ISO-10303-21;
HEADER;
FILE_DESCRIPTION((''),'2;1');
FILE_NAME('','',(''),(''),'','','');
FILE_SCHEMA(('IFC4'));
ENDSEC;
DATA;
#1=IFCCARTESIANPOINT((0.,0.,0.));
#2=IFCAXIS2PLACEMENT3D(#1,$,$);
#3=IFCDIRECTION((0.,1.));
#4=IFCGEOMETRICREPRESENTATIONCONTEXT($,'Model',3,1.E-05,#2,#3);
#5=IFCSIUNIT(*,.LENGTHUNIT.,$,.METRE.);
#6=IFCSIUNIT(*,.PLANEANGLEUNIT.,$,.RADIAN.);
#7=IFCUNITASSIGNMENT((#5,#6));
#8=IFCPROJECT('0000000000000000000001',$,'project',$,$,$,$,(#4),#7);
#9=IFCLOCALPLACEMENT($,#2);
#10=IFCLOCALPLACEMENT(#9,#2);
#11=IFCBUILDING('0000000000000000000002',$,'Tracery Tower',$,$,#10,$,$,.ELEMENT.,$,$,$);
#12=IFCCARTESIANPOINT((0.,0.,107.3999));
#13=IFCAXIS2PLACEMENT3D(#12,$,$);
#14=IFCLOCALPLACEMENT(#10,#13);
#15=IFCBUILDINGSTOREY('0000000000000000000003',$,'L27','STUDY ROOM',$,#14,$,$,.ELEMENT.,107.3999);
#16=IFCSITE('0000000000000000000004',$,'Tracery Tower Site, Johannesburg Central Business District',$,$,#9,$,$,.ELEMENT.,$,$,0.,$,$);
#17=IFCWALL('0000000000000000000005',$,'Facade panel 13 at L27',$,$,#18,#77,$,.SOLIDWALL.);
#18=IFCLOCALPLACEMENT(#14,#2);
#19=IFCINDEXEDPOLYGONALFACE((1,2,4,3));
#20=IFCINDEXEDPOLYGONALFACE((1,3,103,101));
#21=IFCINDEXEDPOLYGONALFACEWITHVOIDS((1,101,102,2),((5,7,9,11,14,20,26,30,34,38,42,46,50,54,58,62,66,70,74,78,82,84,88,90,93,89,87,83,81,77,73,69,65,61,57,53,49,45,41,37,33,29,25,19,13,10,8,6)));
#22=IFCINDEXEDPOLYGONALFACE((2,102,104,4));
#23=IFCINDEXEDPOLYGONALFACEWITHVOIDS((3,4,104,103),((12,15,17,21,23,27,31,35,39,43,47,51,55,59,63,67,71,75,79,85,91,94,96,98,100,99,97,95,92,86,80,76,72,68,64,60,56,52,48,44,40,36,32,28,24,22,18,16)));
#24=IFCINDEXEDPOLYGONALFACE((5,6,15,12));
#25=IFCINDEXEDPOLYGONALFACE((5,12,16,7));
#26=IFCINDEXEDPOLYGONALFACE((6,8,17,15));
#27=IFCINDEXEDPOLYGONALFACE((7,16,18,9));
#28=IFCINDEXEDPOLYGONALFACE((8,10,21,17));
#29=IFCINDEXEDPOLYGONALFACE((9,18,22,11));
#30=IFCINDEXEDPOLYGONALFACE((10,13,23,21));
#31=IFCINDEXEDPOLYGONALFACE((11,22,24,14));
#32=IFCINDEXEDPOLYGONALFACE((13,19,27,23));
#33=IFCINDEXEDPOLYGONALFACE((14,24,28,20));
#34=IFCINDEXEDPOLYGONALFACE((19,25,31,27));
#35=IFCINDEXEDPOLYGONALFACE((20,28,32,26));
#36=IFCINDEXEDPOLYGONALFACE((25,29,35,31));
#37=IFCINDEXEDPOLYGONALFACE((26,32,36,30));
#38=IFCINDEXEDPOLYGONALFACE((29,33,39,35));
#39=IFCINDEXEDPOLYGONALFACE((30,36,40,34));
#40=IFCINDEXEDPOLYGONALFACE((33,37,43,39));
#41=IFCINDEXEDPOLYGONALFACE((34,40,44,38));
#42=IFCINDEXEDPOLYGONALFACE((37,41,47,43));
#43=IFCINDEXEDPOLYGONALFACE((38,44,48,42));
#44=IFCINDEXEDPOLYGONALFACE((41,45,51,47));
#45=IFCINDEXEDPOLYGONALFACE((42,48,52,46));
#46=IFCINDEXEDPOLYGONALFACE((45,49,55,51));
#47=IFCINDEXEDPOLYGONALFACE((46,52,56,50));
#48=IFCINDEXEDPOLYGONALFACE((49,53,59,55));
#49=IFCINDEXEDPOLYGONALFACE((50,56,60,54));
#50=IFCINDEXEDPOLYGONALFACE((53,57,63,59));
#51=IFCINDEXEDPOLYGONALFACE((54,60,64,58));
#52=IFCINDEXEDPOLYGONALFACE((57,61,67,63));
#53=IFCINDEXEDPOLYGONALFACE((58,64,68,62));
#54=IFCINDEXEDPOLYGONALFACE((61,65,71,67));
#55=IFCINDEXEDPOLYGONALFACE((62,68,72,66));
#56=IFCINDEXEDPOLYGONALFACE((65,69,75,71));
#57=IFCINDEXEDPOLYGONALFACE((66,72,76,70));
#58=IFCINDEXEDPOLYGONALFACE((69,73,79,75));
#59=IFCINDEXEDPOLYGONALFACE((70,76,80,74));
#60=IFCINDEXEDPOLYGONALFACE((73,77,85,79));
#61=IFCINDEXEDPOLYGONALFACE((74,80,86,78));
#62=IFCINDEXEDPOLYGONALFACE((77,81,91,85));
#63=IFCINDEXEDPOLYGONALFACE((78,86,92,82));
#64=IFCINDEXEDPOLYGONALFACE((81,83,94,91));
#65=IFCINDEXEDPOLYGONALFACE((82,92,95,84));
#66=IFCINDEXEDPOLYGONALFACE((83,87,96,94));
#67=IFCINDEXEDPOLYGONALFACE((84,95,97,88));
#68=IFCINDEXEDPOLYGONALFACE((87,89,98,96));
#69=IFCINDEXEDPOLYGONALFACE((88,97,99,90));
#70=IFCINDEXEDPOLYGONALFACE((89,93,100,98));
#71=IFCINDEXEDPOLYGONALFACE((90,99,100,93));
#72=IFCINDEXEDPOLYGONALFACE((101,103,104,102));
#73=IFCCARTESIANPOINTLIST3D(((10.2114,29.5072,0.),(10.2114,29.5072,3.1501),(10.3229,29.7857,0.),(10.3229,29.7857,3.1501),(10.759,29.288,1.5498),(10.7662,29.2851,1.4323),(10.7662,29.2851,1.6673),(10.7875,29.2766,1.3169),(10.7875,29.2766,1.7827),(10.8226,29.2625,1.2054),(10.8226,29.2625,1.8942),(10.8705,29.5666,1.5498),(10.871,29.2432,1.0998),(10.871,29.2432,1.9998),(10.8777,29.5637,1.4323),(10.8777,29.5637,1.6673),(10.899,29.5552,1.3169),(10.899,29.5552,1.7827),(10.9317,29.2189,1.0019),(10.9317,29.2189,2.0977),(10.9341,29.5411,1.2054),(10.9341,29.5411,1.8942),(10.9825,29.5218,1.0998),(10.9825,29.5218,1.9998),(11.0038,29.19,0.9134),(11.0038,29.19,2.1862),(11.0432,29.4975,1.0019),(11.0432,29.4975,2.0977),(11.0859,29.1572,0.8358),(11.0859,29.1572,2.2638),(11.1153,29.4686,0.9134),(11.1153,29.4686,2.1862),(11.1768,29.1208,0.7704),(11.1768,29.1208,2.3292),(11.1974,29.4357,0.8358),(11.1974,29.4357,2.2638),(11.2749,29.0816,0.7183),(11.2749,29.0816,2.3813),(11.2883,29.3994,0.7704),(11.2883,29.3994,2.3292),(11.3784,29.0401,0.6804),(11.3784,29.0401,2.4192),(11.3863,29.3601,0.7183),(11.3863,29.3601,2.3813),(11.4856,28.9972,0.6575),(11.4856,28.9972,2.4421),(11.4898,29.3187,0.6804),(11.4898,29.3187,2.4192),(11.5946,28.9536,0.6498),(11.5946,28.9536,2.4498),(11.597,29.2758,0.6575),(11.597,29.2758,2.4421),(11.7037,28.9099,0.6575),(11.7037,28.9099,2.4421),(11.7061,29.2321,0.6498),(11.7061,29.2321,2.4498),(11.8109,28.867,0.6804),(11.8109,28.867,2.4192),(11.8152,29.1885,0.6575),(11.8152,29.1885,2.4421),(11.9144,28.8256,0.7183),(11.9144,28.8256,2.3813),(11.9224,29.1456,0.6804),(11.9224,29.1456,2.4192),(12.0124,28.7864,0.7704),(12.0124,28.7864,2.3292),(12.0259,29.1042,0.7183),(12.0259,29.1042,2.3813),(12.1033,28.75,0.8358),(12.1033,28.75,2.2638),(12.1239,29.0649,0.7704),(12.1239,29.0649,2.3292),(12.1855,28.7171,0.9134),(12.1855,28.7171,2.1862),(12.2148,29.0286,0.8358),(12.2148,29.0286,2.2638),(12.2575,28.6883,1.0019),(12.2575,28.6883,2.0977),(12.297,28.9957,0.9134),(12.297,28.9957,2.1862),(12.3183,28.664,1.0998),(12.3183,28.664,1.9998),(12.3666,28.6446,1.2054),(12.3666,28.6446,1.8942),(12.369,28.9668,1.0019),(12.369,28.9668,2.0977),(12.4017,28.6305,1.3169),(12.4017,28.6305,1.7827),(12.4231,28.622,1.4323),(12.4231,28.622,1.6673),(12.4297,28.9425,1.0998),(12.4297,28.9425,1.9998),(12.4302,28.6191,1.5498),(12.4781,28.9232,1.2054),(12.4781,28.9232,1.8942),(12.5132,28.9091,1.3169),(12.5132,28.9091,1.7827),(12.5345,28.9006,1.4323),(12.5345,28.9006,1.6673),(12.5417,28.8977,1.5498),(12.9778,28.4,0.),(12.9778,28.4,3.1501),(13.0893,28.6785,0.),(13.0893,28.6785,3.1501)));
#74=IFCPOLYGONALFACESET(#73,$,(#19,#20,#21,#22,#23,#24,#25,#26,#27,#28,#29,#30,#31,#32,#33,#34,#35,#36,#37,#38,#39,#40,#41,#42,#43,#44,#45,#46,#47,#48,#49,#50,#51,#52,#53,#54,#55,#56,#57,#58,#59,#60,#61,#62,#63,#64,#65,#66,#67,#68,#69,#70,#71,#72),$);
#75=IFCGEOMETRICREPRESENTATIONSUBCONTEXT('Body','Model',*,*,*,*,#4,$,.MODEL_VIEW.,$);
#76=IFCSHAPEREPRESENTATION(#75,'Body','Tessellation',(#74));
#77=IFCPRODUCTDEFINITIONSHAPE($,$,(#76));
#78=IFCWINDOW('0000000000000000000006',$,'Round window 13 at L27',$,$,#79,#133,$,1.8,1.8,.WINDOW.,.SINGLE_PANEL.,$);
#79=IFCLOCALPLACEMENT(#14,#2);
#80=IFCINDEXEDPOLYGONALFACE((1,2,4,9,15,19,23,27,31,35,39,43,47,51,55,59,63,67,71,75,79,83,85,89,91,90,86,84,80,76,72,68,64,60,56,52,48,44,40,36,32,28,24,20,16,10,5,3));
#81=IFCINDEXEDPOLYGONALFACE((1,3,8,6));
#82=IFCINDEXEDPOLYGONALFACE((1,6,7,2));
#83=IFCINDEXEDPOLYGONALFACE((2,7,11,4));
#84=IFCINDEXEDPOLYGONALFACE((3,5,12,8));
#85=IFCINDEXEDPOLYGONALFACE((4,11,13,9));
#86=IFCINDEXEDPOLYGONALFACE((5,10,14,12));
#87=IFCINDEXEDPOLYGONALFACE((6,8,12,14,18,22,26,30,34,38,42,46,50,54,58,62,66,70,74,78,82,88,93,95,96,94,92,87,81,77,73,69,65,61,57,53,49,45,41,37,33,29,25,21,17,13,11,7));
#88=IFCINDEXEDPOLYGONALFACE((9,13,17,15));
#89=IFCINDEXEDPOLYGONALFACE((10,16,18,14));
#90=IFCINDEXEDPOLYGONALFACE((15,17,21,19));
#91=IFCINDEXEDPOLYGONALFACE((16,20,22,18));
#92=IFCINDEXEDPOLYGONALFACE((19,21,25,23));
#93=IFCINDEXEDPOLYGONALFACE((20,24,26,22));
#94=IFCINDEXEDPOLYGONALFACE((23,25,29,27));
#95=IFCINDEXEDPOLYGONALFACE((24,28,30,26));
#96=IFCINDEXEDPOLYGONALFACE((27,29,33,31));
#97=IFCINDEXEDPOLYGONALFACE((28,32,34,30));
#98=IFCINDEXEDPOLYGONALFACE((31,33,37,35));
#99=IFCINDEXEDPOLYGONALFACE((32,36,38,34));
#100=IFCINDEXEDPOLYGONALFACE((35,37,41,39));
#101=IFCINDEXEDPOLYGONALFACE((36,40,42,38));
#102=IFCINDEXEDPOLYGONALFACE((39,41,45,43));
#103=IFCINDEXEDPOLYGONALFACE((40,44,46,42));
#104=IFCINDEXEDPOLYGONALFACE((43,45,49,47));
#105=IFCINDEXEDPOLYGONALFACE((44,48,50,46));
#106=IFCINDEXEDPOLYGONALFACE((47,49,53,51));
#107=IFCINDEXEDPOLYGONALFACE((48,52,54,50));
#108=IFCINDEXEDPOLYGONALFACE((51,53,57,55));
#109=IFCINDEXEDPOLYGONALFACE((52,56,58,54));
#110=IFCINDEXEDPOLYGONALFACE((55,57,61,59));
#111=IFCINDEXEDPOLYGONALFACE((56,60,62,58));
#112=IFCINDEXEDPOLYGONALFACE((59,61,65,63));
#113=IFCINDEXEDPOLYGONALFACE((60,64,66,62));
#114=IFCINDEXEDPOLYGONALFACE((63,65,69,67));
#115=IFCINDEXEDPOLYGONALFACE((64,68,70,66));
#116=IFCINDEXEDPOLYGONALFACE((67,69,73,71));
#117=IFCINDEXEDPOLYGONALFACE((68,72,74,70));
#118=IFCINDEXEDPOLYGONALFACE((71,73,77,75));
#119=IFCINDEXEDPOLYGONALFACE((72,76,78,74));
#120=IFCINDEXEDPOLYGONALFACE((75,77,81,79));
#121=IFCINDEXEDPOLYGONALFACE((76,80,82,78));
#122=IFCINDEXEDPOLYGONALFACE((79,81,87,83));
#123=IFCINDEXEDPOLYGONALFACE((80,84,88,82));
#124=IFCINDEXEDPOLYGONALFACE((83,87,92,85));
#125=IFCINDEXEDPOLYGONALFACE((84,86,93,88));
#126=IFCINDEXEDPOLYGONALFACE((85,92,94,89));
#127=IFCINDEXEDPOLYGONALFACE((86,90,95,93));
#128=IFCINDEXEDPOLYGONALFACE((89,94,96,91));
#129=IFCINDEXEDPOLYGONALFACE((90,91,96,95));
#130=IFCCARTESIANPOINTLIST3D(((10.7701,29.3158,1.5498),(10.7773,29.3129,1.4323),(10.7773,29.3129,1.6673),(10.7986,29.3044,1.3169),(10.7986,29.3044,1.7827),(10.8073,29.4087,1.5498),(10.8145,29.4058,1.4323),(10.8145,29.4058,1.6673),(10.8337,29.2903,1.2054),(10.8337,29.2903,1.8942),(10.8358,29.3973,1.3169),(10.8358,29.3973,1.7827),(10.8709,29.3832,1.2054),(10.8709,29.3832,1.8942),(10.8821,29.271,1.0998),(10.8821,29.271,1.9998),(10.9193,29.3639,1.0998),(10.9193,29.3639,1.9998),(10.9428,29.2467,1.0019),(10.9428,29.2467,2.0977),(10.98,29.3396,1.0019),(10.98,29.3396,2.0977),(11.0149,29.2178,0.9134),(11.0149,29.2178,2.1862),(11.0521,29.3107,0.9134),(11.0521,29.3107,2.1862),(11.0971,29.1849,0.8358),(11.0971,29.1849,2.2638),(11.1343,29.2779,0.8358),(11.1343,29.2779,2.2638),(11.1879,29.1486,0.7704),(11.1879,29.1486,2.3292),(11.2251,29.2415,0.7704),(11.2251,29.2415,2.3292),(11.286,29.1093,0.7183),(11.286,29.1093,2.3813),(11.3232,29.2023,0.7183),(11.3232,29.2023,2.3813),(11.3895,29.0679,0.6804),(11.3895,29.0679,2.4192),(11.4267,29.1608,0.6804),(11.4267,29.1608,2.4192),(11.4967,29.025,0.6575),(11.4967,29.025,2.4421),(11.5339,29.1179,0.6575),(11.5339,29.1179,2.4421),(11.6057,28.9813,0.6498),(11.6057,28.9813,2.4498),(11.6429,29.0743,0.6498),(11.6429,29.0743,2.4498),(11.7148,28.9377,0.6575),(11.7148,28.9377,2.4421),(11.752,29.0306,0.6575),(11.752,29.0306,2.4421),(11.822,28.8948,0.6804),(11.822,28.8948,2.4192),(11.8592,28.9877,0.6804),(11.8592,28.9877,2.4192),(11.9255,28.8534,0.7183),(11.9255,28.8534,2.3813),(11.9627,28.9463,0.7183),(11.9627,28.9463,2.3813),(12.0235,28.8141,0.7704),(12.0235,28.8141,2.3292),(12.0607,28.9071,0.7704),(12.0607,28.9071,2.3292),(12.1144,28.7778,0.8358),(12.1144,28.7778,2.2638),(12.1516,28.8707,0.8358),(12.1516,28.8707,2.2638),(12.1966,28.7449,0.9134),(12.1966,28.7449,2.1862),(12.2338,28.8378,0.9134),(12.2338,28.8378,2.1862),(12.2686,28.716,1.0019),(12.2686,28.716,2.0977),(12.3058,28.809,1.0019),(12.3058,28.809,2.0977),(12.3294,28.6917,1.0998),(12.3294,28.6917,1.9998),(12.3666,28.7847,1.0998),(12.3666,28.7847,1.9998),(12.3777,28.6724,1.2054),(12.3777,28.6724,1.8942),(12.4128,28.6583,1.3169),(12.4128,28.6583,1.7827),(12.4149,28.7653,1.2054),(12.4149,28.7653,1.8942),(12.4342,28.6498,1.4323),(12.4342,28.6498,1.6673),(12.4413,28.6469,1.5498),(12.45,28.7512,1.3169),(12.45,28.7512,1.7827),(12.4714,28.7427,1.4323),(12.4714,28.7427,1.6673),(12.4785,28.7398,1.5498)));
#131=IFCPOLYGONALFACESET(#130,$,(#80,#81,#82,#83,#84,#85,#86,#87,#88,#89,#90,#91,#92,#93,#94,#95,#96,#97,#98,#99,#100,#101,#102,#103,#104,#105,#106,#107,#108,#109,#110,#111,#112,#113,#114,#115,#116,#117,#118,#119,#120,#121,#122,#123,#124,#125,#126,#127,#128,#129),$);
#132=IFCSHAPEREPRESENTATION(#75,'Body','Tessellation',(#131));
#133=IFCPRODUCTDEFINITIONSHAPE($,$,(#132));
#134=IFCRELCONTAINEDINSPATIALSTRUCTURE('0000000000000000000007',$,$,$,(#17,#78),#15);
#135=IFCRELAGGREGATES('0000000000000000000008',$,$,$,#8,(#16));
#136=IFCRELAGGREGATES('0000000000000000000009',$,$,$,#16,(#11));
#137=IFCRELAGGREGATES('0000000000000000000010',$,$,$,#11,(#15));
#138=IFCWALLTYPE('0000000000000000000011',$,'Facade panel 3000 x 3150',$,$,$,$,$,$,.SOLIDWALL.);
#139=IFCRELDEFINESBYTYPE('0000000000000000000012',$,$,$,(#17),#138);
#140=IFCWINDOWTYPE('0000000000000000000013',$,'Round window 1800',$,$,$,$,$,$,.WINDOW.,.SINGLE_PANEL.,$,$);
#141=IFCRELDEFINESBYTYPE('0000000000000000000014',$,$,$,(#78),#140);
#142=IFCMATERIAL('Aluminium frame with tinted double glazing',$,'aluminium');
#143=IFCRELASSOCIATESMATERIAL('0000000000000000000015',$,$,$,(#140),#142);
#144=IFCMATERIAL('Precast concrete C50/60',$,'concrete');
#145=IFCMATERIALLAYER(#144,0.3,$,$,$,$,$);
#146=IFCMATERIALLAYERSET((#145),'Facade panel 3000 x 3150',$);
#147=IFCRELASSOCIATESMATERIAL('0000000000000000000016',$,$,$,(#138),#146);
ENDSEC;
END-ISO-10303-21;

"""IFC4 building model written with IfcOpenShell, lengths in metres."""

from ifc_helpers import new_model, si_unit, direction, frame, frame_2d, origin, origin_2d, place, context, subcontext, project, spatial, rectangle, circle, extrude, material, layer, layer_set, type_object, element, fill, save


model = new_model("IFC4")

# Units and contexts
model_context = context("Model", 3, precision=1e-05, world=origin(), true_north=direction((0.0, 1.0)))
body_context = subcontext(model_context, "Body", "Model", "MODEL_VIEW")
ifc_project = project(units=[si_unit("LENGTHUNIT", "METRE"), si_unit("PLANEANGLEUNIT", "RADIAN")], contexts=[model_context])

# Site, building, storey
site_placement = place(None, origin())
site = spatial("IfcSite", under=ifc_project, at=site_placement, Name="Tracery Tower Site, Johannesburg Central Business District", CompositionType="ELEMENT", RefElevation=0.0)
building_placement = place(site_placement, origin())
building = spatial("IfcBuilding", under=site, at=building_placement, Name="Tracery Tower", CompositionType="ELEMENT")
storey_placement = place(building_placement, frame((0.0, 0.0, 107.3999)))
storey = spatial("IfcBuildingStorey", under=building, at=storey_placement, Name="L27", Description="STUDY ROOM", CompositionType="ELEMENT", Elevation=107.3999)

# Wall, opening, window
ifc_material_1 = material(Name="Aluminium frame with tinted double glazing", Category="aluminium")
window_type = type_object("IfcWindowType", Name="Round window 1800", PartitioningType="SINGLE_PANEL", PredefinedType="WINDOW", material=ifc_material_1)
ifc_material_2 = material(Name="Precast concrete C50/60", Category="concrete")
ifc_layer_1 = layer(ifc_material_2, 0.3)
ifc_layer_set_1 = layer_set([ifc_layer_1], Name="Facade panel 3000 x 3150")
wall_type_1 = type_object("IfcWallType", Name="Facade panel 3000 x 3150", PredefinedType="SOLIDWALL", material=ifc_layer_set_1)
wall_1_placement = place(storey_placement, frame((13.0334, 28.5393, 0.0), z_axis=(0.0, 0.0, 1.0), x_axis=(-0.928403, 0.371574, 0.0)))
wall_1 = element("IfcWall", 1, at=wall_1_placement, inside=storey, type_object=wall_type_1, Name="Facade panel 13 at L27", PredefinedType="SOLIDWALL", context=body_context, shape_type="SweptSolid", body=[
    extrude(rectangle(XDim=2.9797, YDim=0.3, at=frame_2d((1.4897, 0.0))), origin(), (0.0, 0.0, 1.0), 3.1501),
])
opening_1_placement = place(wall_1_placement, frame((1.4897, 0.0, 1.5498)))
opening_1 = element("IfcOpeningElement", 2, at=opening_1_placement, cuts=wall_1, PredefinedType="OPENING", context=body_context, shape_type="SweptSolid", body=[
    extrude(circle(Radius=0.9, at=origin_2d()), frame((0.0, 0.1599, 0.0), z_axis=(0.0, -1.0, 0.0), x_axis=(1.0, 0.0, 0.0)), (0.0, 0.0, 1.0), 0.3201),
])
window_1_placement = place(opening_1_placement, origin())
window_1 = element("IfcWindow", 3, at=window_1_placement, inside=storey, type_object=window_type, Name="Round window 13 at L27", OverallHeight=1.8, OverallWidth=1.8, PartitioningType="SINGLE_PANEL", PredefinedType="WINDOW", context=body_context, shape_type="SweptSolid", body=[
    extrude(circle(Radius=0.9, at=origin_2d()), frame((0.0, 0.1201, 0.0), z_axis=(0.0, -1.0, 0.0), x_axis=(1.0, 0.0, 0.0)), (0.0, 0.0, 1.0), 0.1001),
])
fill(opening_1, window_1)

save(model, "model.ifc")
